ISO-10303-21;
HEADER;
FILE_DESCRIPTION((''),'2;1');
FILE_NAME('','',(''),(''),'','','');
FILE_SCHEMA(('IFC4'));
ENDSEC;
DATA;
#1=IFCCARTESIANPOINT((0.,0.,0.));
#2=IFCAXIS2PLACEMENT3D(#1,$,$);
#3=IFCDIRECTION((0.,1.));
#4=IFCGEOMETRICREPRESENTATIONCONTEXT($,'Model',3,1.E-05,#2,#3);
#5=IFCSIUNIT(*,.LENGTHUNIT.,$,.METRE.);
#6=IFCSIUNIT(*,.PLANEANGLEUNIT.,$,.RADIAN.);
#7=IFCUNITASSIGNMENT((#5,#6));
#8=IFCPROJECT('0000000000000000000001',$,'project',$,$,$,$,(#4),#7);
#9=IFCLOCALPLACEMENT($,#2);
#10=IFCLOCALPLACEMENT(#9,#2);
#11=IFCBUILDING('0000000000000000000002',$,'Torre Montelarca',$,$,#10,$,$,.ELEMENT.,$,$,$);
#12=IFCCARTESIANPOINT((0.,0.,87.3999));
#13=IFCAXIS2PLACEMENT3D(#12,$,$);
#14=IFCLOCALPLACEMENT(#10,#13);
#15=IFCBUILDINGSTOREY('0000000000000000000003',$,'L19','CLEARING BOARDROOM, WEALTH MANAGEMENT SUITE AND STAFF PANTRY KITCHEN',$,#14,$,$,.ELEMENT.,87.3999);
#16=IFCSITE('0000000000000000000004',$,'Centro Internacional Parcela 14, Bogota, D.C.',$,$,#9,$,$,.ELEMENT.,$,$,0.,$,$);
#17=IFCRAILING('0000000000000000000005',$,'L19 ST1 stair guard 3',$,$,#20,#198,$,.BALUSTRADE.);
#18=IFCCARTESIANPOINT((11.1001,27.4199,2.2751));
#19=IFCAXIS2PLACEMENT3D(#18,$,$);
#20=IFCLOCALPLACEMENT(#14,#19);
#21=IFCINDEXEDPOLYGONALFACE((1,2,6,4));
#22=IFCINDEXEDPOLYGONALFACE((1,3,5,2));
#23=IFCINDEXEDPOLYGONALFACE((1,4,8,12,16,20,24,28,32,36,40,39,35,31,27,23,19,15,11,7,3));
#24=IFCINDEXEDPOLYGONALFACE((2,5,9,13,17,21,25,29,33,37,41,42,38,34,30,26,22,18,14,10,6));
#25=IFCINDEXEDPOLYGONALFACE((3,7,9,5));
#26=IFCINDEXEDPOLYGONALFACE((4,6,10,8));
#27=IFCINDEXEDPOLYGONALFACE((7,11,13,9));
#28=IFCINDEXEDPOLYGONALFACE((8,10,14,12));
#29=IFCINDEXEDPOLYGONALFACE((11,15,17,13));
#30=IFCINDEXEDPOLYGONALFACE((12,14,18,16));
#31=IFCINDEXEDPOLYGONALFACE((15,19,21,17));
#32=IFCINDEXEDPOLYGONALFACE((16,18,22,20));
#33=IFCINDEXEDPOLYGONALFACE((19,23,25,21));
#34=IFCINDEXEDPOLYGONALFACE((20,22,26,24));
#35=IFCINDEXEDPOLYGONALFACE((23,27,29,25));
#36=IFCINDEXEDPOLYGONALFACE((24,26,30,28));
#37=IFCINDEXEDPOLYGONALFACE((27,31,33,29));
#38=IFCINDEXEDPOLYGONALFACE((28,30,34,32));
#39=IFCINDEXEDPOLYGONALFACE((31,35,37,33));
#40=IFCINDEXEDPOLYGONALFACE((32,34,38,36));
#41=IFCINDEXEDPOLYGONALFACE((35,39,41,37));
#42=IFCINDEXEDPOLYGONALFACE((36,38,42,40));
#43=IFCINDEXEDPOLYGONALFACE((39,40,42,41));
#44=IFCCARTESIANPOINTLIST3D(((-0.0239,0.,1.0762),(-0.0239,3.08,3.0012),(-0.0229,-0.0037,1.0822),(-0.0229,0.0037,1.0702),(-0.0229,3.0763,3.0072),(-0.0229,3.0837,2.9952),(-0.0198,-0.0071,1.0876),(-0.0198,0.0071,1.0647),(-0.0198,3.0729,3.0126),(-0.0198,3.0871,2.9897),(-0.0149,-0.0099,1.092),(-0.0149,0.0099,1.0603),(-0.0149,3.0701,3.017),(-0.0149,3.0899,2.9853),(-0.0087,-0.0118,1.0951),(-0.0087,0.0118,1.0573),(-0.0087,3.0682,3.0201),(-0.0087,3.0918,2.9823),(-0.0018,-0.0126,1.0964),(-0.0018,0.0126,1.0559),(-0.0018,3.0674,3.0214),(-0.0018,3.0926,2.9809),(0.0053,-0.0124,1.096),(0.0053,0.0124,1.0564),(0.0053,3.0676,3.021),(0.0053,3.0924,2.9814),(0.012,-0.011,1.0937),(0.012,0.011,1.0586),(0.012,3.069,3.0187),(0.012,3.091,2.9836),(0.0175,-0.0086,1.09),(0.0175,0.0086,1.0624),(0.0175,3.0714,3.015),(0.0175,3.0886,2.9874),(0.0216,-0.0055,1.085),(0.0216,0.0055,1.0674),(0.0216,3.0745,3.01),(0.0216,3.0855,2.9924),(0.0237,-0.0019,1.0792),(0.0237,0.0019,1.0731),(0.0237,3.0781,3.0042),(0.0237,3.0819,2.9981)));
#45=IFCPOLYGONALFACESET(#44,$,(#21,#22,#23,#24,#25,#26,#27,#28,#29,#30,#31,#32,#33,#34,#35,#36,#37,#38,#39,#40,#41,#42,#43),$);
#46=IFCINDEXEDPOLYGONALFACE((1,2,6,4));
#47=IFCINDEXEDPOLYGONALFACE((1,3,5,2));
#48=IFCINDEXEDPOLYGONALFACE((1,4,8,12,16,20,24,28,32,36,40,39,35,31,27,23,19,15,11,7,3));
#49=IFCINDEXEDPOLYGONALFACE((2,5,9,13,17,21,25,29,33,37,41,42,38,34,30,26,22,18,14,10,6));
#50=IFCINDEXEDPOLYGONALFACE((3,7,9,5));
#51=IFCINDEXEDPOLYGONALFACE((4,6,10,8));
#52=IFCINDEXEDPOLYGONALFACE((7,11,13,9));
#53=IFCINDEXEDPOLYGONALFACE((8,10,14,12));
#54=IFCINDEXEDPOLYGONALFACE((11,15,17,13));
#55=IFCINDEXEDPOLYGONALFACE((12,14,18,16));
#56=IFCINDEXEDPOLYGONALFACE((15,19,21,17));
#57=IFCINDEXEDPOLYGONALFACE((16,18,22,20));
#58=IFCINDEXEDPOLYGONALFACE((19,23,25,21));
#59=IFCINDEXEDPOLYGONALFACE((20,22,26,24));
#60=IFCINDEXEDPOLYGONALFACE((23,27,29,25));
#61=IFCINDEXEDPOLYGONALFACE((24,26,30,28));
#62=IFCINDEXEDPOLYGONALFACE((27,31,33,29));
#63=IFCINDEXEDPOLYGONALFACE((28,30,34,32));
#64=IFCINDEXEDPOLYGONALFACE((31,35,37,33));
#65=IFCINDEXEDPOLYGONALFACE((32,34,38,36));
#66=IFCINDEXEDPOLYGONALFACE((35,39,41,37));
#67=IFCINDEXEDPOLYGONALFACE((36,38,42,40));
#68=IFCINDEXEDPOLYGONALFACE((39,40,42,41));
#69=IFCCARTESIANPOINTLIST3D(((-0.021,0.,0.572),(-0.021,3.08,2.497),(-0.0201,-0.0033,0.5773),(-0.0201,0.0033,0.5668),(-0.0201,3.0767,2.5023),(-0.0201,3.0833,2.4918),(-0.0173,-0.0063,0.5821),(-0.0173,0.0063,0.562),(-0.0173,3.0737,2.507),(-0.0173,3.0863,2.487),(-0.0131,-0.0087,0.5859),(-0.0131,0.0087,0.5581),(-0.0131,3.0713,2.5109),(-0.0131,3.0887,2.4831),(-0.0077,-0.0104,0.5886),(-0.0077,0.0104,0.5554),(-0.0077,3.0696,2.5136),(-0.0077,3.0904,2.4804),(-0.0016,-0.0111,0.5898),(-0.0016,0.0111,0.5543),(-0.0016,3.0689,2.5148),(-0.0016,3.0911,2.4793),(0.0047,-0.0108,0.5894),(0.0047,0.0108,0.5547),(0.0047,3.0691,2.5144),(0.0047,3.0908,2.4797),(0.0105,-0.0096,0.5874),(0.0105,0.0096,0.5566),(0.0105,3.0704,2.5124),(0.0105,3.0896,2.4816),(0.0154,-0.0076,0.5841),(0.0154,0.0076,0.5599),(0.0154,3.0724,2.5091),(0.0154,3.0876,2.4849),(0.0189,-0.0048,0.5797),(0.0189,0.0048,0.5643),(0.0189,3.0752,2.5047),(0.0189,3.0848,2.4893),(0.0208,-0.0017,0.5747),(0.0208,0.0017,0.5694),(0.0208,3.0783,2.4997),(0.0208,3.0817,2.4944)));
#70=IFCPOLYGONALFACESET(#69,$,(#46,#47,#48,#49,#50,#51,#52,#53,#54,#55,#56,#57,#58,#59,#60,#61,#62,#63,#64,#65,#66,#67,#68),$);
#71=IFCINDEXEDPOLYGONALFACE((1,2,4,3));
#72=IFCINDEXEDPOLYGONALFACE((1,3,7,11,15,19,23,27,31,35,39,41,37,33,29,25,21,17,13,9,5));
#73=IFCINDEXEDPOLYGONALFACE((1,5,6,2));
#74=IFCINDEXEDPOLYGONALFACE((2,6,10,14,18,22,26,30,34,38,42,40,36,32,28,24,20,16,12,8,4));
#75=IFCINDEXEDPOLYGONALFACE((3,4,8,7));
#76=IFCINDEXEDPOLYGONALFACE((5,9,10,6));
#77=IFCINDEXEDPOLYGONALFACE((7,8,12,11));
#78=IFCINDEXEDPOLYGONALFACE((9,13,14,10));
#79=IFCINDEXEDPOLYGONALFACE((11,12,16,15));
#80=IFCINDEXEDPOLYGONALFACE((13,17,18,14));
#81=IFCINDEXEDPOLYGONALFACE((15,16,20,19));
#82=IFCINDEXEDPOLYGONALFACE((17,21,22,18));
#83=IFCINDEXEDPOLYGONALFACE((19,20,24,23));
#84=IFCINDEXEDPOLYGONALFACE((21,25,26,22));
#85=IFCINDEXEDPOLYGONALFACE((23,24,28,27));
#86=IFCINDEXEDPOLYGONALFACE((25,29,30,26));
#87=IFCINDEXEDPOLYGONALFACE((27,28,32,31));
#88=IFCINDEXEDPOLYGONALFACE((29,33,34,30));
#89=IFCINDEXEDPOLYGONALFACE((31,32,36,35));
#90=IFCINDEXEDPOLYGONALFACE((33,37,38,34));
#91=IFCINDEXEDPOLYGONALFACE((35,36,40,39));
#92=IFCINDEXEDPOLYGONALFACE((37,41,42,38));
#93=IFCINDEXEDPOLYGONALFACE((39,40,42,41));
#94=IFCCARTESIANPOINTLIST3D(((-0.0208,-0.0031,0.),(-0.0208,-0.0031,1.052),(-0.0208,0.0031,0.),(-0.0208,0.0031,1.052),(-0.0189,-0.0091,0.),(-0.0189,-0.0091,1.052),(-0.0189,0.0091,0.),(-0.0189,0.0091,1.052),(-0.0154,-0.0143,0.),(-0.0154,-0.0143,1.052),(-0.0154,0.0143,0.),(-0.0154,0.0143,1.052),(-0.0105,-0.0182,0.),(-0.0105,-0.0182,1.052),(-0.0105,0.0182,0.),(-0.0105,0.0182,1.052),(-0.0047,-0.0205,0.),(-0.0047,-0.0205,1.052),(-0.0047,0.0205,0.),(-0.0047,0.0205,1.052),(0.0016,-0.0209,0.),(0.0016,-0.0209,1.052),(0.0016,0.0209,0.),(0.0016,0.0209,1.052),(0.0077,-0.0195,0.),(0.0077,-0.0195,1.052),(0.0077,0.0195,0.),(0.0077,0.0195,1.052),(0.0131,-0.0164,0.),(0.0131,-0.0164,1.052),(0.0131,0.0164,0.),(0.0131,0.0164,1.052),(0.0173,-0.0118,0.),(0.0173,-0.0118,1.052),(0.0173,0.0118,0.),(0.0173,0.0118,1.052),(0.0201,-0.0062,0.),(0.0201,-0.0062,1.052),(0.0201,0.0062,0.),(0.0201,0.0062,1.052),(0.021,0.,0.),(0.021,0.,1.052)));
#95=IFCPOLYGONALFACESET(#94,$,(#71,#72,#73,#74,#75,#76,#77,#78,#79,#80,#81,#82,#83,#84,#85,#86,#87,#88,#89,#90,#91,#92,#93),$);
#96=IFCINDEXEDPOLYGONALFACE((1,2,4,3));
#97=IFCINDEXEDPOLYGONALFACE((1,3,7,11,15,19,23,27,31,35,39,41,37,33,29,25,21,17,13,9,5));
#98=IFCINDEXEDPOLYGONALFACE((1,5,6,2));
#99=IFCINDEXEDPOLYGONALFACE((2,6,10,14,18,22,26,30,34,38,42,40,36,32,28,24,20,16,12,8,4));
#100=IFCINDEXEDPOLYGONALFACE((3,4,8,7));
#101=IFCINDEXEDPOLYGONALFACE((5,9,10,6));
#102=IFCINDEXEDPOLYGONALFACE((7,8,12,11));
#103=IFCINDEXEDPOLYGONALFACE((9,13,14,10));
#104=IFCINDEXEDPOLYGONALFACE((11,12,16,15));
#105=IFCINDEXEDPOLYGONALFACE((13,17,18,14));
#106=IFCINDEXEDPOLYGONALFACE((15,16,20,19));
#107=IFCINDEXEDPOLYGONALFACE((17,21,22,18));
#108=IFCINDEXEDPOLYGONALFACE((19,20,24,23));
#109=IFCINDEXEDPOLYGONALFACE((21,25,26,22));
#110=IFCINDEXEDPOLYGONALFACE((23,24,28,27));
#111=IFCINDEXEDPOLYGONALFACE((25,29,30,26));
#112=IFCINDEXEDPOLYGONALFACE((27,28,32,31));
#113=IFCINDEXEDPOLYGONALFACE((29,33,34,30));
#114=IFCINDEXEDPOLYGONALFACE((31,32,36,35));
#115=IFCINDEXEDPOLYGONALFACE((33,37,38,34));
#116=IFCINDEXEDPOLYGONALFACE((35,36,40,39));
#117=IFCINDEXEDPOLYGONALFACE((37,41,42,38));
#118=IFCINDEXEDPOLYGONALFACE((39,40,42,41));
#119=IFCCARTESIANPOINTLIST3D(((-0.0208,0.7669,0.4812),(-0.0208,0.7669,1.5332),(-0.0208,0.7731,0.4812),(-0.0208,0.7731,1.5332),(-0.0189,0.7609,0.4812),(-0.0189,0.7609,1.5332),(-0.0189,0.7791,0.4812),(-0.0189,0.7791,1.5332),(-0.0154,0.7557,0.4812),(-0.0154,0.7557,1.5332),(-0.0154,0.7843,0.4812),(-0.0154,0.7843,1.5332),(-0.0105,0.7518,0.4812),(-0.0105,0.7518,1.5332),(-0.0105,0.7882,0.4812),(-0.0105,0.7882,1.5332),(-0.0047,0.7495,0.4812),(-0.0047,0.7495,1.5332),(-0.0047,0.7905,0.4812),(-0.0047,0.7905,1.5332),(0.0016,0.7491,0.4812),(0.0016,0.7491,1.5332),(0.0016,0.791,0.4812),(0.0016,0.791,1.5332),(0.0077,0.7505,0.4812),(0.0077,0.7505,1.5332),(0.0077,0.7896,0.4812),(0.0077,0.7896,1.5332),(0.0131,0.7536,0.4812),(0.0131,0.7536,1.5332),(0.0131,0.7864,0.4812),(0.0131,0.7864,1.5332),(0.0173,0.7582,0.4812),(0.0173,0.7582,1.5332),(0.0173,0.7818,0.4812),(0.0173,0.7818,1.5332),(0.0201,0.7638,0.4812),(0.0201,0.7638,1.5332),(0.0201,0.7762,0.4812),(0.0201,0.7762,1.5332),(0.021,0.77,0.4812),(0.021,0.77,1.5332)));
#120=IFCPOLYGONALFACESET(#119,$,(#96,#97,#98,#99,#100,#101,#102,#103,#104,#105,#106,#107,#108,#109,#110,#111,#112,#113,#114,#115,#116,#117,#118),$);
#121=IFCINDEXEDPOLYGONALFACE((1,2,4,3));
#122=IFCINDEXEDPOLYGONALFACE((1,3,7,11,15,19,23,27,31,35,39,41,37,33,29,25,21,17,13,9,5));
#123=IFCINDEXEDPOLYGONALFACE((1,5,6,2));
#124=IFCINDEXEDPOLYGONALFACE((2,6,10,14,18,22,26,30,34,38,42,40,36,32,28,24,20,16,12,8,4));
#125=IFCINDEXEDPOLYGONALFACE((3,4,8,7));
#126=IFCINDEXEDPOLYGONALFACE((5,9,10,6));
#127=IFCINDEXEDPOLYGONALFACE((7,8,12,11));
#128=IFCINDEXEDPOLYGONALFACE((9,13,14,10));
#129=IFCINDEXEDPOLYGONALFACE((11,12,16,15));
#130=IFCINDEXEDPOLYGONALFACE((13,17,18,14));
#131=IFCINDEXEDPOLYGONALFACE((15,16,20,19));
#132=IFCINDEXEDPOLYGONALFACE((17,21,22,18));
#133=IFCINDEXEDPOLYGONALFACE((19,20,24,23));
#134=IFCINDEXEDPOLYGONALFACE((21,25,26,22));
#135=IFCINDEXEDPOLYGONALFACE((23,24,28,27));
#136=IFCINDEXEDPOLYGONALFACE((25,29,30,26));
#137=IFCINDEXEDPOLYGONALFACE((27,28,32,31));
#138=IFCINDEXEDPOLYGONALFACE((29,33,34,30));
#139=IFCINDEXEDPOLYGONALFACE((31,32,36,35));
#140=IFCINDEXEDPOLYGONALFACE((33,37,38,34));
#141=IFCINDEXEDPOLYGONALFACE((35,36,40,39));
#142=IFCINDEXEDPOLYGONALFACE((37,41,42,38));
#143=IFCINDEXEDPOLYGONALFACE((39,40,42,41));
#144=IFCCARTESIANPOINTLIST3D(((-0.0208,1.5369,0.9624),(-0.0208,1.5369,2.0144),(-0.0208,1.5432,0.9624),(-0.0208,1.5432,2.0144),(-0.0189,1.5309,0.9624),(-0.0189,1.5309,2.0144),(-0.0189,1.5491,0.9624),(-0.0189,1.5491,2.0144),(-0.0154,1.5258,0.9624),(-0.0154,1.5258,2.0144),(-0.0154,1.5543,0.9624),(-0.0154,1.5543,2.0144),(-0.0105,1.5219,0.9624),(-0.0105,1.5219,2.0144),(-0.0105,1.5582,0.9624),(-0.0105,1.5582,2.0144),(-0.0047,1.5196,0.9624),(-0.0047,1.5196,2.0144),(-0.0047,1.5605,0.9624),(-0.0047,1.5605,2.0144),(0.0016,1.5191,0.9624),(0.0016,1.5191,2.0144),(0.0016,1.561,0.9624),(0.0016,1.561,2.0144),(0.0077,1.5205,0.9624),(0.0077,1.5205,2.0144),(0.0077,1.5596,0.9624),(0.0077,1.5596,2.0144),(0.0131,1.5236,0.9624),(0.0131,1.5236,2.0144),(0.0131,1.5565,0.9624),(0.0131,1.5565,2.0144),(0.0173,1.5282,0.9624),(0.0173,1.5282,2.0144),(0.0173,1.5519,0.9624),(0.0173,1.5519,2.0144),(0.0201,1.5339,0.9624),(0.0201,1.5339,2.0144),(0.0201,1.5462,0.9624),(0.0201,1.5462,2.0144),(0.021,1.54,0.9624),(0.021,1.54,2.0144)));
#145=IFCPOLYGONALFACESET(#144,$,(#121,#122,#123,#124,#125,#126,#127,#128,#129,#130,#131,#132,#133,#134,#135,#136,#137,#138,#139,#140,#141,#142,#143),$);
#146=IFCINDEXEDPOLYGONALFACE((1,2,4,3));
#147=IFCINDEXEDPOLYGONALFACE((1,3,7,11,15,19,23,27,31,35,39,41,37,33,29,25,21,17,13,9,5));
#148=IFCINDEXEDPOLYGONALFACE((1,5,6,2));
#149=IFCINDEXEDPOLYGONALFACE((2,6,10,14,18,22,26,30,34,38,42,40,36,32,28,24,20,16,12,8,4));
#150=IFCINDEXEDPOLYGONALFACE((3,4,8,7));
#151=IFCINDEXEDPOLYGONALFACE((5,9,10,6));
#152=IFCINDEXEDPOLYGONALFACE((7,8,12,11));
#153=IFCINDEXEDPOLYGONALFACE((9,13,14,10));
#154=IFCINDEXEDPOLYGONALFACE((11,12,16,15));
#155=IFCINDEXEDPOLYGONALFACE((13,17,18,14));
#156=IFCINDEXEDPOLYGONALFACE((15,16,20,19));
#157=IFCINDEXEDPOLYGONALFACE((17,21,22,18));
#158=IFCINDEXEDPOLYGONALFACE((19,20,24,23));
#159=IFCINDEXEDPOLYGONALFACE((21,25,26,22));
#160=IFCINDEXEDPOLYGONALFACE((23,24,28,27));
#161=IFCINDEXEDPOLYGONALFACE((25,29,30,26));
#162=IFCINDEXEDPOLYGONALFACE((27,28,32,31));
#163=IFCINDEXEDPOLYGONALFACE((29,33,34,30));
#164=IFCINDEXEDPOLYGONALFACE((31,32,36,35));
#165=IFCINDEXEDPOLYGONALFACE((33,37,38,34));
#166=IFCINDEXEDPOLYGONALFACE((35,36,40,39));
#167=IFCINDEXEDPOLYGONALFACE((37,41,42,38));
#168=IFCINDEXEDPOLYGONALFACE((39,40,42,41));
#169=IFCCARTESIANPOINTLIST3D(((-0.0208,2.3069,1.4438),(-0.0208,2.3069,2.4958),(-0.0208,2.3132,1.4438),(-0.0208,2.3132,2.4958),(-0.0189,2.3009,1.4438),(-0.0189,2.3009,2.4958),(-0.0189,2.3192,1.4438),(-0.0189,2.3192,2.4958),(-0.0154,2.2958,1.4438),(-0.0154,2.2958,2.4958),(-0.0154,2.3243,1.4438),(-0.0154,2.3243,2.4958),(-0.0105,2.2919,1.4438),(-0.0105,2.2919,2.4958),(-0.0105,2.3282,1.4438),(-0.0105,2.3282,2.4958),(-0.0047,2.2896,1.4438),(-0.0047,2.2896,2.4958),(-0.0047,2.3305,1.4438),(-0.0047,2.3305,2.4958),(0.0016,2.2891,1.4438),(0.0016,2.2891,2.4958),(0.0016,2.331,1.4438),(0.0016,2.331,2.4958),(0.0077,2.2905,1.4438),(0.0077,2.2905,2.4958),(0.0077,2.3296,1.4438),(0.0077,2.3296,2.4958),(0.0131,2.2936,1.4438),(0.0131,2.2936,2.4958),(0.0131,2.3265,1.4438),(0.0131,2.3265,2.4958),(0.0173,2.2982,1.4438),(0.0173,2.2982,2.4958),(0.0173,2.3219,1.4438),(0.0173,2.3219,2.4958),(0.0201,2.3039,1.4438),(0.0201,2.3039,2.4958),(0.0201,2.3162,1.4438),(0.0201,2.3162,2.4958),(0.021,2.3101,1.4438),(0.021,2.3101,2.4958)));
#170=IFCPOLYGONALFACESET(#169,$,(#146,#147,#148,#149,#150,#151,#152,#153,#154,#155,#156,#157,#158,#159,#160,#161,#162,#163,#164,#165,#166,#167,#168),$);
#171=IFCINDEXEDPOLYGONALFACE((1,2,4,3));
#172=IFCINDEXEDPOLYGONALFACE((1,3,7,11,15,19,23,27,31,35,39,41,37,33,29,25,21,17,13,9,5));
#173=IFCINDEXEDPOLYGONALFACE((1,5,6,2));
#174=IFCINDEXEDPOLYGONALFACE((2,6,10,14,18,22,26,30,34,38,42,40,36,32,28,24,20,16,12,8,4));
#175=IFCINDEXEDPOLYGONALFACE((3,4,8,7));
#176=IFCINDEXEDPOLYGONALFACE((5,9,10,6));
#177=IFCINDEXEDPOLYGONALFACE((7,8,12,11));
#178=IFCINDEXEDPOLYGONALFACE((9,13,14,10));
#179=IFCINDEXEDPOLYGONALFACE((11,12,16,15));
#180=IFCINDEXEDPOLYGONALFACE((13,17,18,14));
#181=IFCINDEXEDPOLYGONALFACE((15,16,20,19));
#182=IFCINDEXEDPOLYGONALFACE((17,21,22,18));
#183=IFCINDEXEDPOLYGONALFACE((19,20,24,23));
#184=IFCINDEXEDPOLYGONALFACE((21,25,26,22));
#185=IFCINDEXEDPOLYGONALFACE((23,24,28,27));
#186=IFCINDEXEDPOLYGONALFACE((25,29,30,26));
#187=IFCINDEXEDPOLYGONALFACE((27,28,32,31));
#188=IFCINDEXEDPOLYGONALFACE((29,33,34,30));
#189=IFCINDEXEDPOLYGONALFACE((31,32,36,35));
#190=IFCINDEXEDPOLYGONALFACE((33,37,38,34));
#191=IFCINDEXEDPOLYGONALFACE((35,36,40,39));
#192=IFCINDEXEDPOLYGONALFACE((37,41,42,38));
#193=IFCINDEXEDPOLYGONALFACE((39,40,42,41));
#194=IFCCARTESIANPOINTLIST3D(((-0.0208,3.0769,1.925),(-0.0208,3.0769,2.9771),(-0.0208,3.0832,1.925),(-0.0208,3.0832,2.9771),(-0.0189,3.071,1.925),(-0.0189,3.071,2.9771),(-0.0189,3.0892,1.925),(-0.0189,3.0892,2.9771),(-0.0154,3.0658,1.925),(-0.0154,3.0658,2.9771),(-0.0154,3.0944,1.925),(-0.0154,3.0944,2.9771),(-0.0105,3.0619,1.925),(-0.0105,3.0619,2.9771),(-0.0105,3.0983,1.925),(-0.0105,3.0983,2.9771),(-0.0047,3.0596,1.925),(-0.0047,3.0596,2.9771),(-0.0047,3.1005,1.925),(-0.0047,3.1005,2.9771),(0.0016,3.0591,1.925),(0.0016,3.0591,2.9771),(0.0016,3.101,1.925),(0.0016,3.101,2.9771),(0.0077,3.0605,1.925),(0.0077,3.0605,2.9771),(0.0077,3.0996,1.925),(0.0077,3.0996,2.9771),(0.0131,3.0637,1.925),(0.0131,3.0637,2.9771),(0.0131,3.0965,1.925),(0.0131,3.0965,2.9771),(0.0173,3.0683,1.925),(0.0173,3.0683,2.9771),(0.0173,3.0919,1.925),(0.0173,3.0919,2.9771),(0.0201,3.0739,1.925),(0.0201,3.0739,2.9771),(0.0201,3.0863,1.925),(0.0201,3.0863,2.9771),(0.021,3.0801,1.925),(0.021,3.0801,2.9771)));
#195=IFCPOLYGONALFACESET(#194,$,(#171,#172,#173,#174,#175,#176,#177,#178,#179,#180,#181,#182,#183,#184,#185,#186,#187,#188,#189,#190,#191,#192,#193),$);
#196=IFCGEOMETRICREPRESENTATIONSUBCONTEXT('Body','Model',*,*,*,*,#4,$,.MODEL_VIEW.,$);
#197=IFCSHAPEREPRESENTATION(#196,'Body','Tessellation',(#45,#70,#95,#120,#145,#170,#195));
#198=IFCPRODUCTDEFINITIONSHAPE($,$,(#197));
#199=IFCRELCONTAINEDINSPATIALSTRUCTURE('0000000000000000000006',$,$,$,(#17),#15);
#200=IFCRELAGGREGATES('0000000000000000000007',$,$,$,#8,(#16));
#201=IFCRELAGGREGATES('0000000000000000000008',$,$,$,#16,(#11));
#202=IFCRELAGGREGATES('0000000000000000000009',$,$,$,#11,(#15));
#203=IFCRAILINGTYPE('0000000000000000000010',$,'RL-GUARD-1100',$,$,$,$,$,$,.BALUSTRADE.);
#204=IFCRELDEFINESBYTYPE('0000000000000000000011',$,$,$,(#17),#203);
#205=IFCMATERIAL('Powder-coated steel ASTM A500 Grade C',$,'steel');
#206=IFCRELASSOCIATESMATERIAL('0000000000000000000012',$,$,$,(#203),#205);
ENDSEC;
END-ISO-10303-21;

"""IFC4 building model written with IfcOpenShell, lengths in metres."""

from ifc_helpers import new_model, si_unit, direction, frame, origin, origin_2d, place, context, subcontext, project, spatial, circle, extrude, material, type_object, element, save


model = new_model("IFC4")

# Units and contexts
model_context = context("Model", 3, precision=1e-05, world=origin(), true_north=direction((0.0, 1.0)))
body_context = subcontext(model_context, "Body", "Model", "MODEL_VIEW")
ifc_project = project(units=[si_unit("LENGTHUNIT", "METRE"), si_unit("PLANEANGLEUNIT", "RADIAN")], contexts=[model_context])

# Site, building, storey
site_placement = place(None, origin())
site = spatial("IfcSite", under=ifc_project, at=site_placement, Name="Centro Internacional Parcela 14, Bogota, D.C.", CompositionType="ELEMENT", RefElevation=0.0)
building_placement = place(site_placement, origin())
building = spatial("IfcBuilding", under=site, at=building_placement, Name="Torre Montelarca", CompositionType="ELEMENT")
storey_placement = place(building_placement, frame((0.0, 0.0, 87.3999)))
storey = spatial("IfcBuildingStorey", under=building, at=storey_placement, Name="L19", Description="CLEARING BOARDROOM, WEALTH MANAGEMENT SUITE AND STAFF PANTRY KITCHEN", CompositionType="ELEMENT", Elevation=87.3999)

# Railing
ifc_material_1 = material(Name="Powder-coated steel ASTM A500 Grade C", Category="steel")
railing_type_1 = type_object("IfcRailingType", Name="RL-GUARD-1100", PredefinedType="BALUSTRADE", material=ifc_material_1)
railing_1_placement = place(storey_placement, frame((11.1001, 27.4199, 2.2751)))
element("IfcRailing", 1, at=railing_1_placement, inside=storey, type_object=railing_type_1, Name="L19 ST1 stair guard 3", PredefinedType="BALUSTRADE", context=body_context, shape_type="SweptSolid", body=[
    extrude(circle(Radius=0.0239, at=origin_2d()), frame((0.0, 0.0, 1.0762), z_axis=(0.0, 0.847998, 0.529999), x_axis=(-1.0, 0.0, 0.0)), (0.0, 0.0, 1.0), 3.6321),
    extrude(circle(Radius=0.021, at=origin_2d()), frame((0.0, 0.0, 0.572), z_axis=(0.0, 0.847998, 0.529999), x_axis=(-1.0, 0.0, 0.0)), (0.0, 0.0, 1.0), 3.6321),
    extrude(circle(Radius=0.021, at=origin_2d()), origin(), (0.0, 0.0, 1.0), 1.052),
    extrude(circle(Radius=0.021, at=origin_2d()), frame((0.0, 0.77, 0.4812)), (0.0, 0.0, 1.0), 1.052),
    extrude(circle(Radius=0.021, at=origin_2d()), frame((0.0, 1.54, 0.9624)), (0.0, 0.0, 1.0), 1.052),
    extrude(circle(Radius=0.021, at=origin_2d()), frame((0.0, 2.3101, 1.4438)), (0.0, 0.0, 1.0), 1.052),
    extrude(circle(Radius=0.021, at=origin_2d()), frame((0.0, 3.0801, 1.925)), (0.0, 0.0, 1.0), 1.052),
])

save(model, "model.ifc")
